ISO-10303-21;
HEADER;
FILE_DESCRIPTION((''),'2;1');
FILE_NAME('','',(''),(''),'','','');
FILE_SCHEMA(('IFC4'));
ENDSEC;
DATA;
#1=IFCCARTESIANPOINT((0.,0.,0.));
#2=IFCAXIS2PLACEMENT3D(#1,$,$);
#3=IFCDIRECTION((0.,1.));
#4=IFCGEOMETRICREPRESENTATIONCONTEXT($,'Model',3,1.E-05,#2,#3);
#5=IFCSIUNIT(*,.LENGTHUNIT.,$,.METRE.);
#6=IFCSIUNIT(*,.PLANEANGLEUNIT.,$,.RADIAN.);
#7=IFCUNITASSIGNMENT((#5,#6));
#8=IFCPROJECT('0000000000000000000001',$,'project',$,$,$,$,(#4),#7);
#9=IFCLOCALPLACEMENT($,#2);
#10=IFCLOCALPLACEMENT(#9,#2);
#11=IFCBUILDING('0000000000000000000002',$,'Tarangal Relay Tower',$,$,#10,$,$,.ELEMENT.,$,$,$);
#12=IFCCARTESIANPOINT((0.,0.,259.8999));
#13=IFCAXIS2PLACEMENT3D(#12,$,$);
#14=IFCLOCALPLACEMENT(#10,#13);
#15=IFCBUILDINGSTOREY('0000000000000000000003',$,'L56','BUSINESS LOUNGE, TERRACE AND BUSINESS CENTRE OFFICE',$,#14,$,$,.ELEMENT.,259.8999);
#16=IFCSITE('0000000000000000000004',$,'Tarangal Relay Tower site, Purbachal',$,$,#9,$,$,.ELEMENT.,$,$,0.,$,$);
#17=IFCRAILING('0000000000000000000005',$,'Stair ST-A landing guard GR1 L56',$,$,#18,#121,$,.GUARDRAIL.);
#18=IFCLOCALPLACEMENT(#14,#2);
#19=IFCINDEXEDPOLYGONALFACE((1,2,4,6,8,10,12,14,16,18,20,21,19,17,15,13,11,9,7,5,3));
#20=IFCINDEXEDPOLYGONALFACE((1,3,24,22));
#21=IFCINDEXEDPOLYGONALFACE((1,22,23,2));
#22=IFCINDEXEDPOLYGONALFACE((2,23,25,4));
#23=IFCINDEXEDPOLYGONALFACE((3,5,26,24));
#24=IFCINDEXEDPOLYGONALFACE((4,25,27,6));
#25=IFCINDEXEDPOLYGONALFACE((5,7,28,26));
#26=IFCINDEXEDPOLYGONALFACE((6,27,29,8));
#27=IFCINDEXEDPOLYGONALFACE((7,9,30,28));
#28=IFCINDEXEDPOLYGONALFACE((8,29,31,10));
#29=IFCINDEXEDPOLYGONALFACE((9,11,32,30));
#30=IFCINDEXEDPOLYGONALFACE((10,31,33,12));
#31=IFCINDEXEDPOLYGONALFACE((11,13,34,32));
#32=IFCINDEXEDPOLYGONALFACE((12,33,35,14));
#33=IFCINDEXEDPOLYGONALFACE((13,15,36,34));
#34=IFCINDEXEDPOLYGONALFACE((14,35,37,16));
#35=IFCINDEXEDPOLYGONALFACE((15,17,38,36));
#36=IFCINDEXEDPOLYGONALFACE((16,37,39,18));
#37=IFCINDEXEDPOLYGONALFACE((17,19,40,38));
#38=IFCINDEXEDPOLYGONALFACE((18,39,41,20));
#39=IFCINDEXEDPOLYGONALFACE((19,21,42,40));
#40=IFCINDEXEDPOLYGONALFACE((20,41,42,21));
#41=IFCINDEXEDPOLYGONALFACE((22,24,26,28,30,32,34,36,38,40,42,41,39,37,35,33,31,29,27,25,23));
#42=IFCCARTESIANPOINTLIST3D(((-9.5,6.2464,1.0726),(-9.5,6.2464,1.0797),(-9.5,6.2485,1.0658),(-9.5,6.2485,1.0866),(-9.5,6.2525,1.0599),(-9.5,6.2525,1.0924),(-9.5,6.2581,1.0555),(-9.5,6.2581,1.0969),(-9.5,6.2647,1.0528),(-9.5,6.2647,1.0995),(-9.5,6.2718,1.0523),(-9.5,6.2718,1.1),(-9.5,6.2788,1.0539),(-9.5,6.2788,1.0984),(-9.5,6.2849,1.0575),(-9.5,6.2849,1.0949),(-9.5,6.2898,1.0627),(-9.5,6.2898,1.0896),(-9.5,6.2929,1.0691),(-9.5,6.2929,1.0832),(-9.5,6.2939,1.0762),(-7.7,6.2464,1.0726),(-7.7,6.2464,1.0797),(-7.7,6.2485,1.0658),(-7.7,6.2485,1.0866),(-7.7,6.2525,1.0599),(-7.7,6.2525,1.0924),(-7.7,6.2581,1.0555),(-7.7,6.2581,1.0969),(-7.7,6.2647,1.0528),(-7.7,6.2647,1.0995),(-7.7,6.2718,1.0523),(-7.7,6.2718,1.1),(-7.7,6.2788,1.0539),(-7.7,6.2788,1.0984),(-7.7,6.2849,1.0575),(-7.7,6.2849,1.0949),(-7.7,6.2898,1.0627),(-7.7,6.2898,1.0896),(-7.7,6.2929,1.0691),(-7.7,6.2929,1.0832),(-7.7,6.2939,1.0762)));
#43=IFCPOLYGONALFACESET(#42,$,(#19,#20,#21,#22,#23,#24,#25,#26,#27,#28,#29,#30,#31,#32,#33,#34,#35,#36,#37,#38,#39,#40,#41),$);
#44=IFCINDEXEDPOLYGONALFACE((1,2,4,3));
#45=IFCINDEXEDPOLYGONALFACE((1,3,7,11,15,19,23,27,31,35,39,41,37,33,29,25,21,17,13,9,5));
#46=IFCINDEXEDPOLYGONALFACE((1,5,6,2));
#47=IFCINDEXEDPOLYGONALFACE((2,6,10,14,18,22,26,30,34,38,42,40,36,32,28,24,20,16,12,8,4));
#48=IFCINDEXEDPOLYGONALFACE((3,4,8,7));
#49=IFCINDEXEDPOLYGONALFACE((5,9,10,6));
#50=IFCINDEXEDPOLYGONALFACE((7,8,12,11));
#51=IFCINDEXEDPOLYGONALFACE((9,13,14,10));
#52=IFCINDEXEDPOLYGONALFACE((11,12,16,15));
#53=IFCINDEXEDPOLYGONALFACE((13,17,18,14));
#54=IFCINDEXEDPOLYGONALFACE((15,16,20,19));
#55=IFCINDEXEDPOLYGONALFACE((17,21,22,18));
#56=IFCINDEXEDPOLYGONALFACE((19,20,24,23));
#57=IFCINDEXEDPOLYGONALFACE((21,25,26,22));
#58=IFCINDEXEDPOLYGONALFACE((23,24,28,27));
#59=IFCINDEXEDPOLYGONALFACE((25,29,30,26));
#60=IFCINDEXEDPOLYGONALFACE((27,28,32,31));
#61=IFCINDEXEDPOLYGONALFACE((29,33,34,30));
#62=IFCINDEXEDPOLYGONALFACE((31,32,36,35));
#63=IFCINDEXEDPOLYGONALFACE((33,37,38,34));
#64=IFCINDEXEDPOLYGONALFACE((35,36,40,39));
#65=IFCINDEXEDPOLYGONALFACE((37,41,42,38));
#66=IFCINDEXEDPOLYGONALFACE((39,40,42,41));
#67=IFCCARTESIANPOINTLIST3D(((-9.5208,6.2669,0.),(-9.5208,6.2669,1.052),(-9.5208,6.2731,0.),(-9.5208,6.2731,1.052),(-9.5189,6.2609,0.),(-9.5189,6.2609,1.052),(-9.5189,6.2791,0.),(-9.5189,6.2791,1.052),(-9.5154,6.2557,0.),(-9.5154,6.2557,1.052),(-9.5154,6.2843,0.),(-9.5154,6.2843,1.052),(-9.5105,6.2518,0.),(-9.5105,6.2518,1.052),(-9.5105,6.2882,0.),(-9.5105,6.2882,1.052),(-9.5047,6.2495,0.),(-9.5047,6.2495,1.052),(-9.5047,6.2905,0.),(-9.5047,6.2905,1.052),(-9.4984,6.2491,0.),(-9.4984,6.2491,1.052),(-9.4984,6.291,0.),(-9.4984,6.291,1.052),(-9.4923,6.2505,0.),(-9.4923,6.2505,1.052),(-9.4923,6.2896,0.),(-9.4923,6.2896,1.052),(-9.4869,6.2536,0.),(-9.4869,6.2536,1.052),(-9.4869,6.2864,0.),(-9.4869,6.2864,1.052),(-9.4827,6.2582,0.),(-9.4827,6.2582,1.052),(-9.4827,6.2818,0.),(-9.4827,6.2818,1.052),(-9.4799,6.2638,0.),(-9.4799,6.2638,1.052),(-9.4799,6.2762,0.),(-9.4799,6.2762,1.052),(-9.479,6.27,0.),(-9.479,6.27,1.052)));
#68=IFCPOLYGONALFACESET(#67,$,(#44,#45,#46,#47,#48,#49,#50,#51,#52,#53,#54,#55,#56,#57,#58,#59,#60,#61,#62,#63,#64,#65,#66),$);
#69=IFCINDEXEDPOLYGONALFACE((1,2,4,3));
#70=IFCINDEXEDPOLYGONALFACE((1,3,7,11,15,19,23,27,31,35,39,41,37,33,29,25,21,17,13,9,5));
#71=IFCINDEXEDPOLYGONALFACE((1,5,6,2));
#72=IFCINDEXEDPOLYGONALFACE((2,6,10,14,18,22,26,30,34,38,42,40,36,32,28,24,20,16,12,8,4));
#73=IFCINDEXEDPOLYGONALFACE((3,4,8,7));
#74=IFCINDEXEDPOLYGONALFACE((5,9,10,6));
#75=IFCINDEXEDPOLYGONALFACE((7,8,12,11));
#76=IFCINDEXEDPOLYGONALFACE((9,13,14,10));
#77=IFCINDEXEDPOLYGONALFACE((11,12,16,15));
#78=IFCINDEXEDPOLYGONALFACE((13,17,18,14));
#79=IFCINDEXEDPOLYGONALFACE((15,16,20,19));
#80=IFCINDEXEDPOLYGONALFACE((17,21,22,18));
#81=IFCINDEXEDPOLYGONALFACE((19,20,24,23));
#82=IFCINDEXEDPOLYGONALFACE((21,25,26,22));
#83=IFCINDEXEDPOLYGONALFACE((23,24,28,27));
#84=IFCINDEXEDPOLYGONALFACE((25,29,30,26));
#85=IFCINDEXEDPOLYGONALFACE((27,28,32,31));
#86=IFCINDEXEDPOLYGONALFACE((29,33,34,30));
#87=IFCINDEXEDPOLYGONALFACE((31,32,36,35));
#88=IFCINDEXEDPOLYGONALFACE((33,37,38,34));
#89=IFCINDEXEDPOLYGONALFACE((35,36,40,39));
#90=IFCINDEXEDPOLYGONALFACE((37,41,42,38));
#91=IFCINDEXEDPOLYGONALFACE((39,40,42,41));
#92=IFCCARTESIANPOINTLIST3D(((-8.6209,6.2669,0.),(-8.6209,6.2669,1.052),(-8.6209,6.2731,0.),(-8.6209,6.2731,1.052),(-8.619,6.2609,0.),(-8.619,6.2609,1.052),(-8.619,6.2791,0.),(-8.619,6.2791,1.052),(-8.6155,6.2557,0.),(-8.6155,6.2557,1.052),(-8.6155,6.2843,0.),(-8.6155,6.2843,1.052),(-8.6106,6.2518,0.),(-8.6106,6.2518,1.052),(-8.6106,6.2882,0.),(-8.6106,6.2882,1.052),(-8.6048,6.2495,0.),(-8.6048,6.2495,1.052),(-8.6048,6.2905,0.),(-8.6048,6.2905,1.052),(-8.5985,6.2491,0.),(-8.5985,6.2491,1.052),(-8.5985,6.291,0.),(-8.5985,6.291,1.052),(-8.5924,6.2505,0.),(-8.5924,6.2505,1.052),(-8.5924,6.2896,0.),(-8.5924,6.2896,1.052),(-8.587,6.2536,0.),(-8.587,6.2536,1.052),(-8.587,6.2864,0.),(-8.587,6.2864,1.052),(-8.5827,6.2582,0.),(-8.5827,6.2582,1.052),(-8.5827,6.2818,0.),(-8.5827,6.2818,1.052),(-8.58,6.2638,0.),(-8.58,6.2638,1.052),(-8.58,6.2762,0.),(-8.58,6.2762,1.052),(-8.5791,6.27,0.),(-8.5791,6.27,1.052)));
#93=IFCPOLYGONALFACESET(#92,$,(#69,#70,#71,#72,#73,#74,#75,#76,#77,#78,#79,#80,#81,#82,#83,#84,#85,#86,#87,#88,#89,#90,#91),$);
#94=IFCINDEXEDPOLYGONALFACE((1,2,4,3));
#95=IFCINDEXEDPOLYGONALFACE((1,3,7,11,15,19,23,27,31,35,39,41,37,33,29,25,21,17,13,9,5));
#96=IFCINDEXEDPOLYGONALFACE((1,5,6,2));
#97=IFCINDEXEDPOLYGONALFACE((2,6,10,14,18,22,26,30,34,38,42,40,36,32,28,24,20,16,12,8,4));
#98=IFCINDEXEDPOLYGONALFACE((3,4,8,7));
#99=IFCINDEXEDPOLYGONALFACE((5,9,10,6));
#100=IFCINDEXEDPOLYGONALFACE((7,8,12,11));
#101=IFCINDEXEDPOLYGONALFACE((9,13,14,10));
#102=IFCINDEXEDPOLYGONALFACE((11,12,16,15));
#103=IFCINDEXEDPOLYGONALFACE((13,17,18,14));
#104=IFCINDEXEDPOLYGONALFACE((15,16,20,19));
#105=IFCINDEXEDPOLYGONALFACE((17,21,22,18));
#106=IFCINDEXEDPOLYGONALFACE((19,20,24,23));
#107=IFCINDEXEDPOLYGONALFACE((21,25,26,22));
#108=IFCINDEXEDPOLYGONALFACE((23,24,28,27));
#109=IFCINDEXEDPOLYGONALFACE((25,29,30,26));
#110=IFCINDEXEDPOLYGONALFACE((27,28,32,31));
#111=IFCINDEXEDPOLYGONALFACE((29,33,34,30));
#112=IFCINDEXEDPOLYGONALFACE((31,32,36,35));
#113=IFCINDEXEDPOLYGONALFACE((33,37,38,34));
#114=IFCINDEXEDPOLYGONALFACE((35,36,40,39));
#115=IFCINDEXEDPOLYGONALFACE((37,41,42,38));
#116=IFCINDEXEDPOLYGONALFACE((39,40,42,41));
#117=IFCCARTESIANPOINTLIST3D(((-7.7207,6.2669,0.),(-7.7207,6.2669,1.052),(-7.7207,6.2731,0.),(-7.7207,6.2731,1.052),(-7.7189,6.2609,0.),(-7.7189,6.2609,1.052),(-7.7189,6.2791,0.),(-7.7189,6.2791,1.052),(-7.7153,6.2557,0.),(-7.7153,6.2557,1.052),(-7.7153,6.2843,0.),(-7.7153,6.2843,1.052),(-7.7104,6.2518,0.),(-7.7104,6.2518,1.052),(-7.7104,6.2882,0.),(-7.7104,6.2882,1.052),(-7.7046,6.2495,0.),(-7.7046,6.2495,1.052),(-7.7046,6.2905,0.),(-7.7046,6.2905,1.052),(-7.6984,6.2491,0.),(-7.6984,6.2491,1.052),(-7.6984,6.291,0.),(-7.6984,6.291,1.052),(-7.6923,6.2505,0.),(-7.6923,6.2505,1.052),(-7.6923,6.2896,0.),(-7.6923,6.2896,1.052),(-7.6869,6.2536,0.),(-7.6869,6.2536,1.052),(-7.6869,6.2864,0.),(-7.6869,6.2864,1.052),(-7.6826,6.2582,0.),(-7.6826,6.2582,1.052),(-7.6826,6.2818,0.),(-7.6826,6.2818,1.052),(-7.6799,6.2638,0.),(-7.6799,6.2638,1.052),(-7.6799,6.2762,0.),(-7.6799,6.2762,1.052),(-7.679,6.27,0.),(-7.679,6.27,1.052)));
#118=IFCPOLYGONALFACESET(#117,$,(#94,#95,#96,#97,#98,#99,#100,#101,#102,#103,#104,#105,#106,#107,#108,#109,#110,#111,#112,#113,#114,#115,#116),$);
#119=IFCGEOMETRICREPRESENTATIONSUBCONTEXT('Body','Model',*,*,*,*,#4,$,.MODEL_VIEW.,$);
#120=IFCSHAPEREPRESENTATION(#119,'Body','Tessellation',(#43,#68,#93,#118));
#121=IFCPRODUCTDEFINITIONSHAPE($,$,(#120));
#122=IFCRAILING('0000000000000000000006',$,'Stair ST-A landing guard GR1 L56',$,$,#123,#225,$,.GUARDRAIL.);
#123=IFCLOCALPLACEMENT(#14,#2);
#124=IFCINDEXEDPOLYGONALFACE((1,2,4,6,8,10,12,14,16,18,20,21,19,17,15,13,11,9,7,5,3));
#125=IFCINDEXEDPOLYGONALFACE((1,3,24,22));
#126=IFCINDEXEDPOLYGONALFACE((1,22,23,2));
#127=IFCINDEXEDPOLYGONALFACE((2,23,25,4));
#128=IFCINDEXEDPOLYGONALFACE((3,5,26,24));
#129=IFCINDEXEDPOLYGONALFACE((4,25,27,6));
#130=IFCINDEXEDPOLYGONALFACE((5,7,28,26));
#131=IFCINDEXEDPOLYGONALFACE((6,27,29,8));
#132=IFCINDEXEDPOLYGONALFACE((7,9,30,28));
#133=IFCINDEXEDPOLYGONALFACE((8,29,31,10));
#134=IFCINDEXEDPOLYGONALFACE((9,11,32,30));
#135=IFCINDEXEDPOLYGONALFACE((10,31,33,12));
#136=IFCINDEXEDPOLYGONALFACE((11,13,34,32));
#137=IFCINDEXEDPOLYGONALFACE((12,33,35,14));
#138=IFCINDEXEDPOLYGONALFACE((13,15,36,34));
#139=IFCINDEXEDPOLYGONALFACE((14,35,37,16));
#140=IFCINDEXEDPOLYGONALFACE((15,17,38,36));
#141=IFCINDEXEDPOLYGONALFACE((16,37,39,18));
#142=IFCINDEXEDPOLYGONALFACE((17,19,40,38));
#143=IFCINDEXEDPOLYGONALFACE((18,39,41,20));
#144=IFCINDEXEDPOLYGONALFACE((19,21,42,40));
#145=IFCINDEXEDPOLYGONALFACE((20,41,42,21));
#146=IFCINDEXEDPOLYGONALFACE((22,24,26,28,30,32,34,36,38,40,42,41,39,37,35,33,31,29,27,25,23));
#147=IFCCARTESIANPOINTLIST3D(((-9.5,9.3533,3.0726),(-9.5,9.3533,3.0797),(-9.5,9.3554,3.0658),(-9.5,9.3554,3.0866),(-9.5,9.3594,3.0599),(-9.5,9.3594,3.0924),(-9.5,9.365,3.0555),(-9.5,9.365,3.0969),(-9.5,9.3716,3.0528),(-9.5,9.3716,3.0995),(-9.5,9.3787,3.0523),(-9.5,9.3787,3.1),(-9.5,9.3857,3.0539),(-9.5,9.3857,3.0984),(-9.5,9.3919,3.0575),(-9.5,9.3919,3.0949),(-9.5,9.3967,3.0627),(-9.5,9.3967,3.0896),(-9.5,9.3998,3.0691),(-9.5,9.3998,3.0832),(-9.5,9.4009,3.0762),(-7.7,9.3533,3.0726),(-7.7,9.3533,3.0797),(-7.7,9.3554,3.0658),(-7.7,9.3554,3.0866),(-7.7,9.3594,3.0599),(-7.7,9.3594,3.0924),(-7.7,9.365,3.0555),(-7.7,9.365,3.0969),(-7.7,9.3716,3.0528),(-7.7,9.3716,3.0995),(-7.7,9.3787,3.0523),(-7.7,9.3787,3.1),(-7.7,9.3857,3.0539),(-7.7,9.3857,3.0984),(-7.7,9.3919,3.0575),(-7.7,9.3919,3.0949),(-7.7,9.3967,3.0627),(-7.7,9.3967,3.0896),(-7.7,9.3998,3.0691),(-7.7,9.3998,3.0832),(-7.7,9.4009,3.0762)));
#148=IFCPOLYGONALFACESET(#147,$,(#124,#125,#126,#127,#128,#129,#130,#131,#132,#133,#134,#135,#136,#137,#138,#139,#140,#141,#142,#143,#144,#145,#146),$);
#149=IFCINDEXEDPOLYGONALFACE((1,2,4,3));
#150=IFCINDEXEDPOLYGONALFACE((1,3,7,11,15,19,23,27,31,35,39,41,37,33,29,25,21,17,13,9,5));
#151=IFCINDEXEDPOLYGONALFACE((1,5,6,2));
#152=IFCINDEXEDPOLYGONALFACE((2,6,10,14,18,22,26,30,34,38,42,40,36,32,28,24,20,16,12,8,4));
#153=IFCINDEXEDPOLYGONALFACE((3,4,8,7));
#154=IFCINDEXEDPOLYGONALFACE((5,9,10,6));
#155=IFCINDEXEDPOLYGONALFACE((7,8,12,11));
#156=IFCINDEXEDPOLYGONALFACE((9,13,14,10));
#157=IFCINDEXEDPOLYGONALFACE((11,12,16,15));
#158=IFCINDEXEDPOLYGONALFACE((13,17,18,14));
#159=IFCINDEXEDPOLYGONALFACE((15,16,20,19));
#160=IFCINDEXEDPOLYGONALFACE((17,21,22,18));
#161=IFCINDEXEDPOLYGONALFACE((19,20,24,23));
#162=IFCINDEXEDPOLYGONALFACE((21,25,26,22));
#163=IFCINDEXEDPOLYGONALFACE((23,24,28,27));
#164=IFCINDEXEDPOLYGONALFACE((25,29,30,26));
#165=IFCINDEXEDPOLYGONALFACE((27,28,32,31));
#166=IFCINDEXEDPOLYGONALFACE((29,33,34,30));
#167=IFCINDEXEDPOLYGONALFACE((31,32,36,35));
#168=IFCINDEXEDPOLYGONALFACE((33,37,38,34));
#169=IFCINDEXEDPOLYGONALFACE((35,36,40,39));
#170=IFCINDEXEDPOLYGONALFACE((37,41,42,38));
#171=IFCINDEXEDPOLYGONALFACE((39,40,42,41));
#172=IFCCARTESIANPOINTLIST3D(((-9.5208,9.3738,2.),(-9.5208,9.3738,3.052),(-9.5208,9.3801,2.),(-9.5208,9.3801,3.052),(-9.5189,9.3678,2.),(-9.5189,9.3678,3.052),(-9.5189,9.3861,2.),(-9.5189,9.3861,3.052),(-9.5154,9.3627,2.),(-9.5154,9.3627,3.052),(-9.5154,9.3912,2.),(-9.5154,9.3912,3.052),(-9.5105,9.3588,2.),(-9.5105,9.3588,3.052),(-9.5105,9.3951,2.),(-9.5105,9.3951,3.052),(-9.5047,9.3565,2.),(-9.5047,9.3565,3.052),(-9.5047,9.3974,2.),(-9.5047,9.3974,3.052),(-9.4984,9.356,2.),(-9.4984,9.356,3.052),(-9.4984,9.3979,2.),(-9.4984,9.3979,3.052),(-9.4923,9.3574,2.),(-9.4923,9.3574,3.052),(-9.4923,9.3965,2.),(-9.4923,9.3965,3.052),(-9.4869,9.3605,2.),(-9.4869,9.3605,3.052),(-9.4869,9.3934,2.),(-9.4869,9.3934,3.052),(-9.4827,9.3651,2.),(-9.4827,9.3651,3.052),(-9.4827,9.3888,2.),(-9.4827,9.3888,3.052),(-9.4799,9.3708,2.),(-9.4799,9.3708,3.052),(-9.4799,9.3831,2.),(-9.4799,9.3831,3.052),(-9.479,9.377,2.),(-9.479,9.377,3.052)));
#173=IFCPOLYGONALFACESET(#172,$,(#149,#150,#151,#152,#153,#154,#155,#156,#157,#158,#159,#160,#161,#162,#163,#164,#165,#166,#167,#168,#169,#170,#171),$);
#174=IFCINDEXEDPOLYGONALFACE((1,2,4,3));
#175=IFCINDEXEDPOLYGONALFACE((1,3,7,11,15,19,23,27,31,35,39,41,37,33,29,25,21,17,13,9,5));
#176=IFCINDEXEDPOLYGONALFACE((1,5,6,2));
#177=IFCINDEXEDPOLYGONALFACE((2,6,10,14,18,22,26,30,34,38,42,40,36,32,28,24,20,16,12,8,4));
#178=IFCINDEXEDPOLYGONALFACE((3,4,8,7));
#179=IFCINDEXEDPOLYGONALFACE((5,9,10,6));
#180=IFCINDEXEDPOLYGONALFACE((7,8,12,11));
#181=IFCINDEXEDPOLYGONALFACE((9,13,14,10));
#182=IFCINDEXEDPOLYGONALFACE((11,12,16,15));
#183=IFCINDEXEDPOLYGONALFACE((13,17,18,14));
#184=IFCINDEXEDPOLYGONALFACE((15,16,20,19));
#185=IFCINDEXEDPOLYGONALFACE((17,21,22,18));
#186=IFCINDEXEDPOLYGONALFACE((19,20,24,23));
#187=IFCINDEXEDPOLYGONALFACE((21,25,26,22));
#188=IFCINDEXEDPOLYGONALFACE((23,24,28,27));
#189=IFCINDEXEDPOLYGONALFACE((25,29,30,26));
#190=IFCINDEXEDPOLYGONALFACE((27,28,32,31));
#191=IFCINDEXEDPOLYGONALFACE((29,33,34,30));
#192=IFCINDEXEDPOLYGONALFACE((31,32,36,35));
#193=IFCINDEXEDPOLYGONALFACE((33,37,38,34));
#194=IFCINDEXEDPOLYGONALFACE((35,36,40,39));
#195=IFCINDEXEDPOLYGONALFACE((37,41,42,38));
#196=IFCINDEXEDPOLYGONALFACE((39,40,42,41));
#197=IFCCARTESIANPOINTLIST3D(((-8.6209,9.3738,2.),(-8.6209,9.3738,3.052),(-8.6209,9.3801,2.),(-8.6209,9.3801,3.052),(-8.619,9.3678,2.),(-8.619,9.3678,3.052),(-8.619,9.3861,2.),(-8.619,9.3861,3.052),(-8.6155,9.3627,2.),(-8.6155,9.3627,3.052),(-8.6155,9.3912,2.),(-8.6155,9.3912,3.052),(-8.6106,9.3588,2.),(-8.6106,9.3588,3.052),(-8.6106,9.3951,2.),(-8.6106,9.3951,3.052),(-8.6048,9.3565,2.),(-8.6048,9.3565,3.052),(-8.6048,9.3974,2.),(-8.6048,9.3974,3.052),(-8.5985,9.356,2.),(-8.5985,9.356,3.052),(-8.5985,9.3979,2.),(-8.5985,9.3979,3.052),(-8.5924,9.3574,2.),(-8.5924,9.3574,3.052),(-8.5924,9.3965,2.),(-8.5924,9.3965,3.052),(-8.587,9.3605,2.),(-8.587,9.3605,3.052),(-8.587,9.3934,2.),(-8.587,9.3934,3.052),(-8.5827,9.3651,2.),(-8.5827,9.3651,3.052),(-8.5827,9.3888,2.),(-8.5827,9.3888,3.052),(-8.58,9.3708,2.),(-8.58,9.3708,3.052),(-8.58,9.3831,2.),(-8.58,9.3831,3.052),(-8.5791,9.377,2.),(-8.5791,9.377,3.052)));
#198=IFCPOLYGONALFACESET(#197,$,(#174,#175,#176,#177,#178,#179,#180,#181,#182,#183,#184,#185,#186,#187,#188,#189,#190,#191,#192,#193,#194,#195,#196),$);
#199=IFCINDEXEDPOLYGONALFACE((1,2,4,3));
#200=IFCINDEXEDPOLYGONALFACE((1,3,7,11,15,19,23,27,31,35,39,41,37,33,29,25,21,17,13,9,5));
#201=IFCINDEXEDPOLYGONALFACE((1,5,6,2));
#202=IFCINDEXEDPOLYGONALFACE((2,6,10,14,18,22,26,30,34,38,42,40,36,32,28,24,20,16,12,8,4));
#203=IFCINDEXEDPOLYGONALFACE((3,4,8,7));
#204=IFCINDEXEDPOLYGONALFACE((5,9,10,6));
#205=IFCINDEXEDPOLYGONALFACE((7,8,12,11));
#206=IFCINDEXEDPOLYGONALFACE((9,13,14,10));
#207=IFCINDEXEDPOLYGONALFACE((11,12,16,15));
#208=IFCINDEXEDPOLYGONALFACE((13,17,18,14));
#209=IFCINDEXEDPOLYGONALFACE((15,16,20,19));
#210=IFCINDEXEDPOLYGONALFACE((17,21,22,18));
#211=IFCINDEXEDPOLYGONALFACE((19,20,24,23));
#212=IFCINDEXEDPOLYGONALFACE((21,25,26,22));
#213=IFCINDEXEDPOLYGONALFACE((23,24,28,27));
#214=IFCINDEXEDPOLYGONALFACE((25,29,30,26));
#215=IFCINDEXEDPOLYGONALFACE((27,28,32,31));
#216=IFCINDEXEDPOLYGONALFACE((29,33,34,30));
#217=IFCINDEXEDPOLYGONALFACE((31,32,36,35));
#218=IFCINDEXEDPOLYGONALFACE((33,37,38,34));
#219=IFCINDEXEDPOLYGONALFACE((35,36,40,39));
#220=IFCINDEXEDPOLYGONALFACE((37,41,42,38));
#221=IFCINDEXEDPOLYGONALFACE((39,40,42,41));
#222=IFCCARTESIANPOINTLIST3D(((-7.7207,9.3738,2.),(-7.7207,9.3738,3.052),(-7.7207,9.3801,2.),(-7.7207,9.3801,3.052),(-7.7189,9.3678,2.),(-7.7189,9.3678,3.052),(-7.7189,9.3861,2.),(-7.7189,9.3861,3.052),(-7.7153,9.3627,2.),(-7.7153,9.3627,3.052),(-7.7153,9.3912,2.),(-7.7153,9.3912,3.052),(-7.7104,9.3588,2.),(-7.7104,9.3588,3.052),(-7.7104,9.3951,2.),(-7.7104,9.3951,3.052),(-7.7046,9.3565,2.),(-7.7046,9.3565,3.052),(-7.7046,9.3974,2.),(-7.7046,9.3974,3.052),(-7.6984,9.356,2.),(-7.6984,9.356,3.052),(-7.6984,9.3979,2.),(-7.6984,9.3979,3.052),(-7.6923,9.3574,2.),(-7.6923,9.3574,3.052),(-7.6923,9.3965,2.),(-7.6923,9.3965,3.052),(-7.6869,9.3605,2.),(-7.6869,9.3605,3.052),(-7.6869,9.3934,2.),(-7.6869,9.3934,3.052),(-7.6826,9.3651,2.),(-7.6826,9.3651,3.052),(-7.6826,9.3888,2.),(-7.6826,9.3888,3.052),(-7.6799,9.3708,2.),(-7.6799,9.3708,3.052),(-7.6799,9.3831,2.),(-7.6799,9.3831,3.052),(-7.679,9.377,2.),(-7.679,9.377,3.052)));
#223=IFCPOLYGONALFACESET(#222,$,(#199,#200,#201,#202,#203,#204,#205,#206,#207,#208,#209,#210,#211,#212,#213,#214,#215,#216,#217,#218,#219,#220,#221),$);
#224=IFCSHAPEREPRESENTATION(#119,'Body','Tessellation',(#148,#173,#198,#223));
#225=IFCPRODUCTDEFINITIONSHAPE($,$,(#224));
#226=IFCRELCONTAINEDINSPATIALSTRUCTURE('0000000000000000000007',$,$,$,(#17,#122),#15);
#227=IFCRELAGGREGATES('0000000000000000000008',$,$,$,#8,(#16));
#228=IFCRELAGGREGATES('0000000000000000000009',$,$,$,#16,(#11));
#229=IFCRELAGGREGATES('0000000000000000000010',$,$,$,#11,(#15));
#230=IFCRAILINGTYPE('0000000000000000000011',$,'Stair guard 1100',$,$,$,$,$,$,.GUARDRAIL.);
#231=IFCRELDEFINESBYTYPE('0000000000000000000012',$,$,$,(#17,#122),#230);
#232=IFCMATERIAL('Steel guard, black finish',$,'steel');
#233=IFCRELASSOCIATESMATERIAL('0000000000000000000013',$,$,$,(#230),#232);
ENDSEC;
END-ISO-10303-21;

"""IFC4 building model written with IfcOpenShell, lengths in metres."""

from ifc_helpers import new_model, si_unit, direction, frame, origin, origin_2d, place, context, subcontext, project, spatial, circle, extrude, material, type_object, element, save


model = new_model("IFC4")

# Units and contexts
model_context = context("Model", 3, precision=1e-05, world=origin(), true_north=direction((0.0, 1.0)))
body_context = subcontext(model_context, "Body", "Model", "MODEL_VIEW")
ifc_project = project(units=[si_unit("LENGTHUNIT", "METRE"), si_unit("PLANEANGLEUNIT", "RADIAN")], contexts=[model_context])

# Site, building, storey
site_placement = place(None, origin())
site = spatial("IfcSite", under=ifc_project, at=site_placement, Name="Tarangal Relay Tower site, Purbachal", CompositionType="ELEMENT", RefElevation=0.0)
building_placement = place(site_placement, origin())
building = spatial("IfcBuilding", under=site, at=building_placement, Name="Tarangal Relay Tower", CompositionType="ELEMENT")
storey_placement = place(building_placement, frame((0.0, 0.0, 259.8999)))
storey = spatial("IfcBuildingStorey", under=building, at=storey_placement, Name="L56", Description="BUSINESS LOUNGE, TERRACE AND BUSINESS CENTRE OFFICE", CompositionType="ELEMENT", Elevation=259.8999)

# Railings
ifc_material_1 = material(Name="Steel guard, black finish", Category="steel")
railing_type_1 = type_object("IfcRailingType", Name="Stair guard 1100", PredefinedType="GUARDRAIL", material=ifc_material_1)
for number, where, name in (
    (1, (-9.5, 6.27, 0.0), "Stair ST-A landing guard GR1 L56"),
    (2, (-9.5, 9.377, 2.0), "Stair ST-A landing guard GR1 L56"),
):
    element("IfcRailing", number, at=place(storey_placement, frame(where)), inside=storey, type_object=railing_type_1, Name=name, PredefinedType="GUARDRAIL", context=body_context, shape_type="SweptSolid", body=[
        extrude(circle(Radius=0.0239, at=origin_2d()), frame((0.0, 0.0, 1.0762), z_axis=(1.0, 0.0, 0.0), x_axis=(0.0, 1.0, 0.0)), (0.0, 0.0, 1.0), 1.8),
        extrude(circle(Radius=0.021, at=origin_2d()), origin(), (0.0, 0.0, 1.0), 1.052),
        extrude(circle(Radius=0.021, at=origin_2d()), frame((0.8999, 0.0, 0.0)), (0.0, 0.0, 1.0), 1.052),
        extrude(circle(Radius=0.021, at=origin_2d()), frame((1.8, 0.0, 0.0)), (0.0, 0.0, 1.0), 1.052),
    ])

save(model, "model.ifc")
